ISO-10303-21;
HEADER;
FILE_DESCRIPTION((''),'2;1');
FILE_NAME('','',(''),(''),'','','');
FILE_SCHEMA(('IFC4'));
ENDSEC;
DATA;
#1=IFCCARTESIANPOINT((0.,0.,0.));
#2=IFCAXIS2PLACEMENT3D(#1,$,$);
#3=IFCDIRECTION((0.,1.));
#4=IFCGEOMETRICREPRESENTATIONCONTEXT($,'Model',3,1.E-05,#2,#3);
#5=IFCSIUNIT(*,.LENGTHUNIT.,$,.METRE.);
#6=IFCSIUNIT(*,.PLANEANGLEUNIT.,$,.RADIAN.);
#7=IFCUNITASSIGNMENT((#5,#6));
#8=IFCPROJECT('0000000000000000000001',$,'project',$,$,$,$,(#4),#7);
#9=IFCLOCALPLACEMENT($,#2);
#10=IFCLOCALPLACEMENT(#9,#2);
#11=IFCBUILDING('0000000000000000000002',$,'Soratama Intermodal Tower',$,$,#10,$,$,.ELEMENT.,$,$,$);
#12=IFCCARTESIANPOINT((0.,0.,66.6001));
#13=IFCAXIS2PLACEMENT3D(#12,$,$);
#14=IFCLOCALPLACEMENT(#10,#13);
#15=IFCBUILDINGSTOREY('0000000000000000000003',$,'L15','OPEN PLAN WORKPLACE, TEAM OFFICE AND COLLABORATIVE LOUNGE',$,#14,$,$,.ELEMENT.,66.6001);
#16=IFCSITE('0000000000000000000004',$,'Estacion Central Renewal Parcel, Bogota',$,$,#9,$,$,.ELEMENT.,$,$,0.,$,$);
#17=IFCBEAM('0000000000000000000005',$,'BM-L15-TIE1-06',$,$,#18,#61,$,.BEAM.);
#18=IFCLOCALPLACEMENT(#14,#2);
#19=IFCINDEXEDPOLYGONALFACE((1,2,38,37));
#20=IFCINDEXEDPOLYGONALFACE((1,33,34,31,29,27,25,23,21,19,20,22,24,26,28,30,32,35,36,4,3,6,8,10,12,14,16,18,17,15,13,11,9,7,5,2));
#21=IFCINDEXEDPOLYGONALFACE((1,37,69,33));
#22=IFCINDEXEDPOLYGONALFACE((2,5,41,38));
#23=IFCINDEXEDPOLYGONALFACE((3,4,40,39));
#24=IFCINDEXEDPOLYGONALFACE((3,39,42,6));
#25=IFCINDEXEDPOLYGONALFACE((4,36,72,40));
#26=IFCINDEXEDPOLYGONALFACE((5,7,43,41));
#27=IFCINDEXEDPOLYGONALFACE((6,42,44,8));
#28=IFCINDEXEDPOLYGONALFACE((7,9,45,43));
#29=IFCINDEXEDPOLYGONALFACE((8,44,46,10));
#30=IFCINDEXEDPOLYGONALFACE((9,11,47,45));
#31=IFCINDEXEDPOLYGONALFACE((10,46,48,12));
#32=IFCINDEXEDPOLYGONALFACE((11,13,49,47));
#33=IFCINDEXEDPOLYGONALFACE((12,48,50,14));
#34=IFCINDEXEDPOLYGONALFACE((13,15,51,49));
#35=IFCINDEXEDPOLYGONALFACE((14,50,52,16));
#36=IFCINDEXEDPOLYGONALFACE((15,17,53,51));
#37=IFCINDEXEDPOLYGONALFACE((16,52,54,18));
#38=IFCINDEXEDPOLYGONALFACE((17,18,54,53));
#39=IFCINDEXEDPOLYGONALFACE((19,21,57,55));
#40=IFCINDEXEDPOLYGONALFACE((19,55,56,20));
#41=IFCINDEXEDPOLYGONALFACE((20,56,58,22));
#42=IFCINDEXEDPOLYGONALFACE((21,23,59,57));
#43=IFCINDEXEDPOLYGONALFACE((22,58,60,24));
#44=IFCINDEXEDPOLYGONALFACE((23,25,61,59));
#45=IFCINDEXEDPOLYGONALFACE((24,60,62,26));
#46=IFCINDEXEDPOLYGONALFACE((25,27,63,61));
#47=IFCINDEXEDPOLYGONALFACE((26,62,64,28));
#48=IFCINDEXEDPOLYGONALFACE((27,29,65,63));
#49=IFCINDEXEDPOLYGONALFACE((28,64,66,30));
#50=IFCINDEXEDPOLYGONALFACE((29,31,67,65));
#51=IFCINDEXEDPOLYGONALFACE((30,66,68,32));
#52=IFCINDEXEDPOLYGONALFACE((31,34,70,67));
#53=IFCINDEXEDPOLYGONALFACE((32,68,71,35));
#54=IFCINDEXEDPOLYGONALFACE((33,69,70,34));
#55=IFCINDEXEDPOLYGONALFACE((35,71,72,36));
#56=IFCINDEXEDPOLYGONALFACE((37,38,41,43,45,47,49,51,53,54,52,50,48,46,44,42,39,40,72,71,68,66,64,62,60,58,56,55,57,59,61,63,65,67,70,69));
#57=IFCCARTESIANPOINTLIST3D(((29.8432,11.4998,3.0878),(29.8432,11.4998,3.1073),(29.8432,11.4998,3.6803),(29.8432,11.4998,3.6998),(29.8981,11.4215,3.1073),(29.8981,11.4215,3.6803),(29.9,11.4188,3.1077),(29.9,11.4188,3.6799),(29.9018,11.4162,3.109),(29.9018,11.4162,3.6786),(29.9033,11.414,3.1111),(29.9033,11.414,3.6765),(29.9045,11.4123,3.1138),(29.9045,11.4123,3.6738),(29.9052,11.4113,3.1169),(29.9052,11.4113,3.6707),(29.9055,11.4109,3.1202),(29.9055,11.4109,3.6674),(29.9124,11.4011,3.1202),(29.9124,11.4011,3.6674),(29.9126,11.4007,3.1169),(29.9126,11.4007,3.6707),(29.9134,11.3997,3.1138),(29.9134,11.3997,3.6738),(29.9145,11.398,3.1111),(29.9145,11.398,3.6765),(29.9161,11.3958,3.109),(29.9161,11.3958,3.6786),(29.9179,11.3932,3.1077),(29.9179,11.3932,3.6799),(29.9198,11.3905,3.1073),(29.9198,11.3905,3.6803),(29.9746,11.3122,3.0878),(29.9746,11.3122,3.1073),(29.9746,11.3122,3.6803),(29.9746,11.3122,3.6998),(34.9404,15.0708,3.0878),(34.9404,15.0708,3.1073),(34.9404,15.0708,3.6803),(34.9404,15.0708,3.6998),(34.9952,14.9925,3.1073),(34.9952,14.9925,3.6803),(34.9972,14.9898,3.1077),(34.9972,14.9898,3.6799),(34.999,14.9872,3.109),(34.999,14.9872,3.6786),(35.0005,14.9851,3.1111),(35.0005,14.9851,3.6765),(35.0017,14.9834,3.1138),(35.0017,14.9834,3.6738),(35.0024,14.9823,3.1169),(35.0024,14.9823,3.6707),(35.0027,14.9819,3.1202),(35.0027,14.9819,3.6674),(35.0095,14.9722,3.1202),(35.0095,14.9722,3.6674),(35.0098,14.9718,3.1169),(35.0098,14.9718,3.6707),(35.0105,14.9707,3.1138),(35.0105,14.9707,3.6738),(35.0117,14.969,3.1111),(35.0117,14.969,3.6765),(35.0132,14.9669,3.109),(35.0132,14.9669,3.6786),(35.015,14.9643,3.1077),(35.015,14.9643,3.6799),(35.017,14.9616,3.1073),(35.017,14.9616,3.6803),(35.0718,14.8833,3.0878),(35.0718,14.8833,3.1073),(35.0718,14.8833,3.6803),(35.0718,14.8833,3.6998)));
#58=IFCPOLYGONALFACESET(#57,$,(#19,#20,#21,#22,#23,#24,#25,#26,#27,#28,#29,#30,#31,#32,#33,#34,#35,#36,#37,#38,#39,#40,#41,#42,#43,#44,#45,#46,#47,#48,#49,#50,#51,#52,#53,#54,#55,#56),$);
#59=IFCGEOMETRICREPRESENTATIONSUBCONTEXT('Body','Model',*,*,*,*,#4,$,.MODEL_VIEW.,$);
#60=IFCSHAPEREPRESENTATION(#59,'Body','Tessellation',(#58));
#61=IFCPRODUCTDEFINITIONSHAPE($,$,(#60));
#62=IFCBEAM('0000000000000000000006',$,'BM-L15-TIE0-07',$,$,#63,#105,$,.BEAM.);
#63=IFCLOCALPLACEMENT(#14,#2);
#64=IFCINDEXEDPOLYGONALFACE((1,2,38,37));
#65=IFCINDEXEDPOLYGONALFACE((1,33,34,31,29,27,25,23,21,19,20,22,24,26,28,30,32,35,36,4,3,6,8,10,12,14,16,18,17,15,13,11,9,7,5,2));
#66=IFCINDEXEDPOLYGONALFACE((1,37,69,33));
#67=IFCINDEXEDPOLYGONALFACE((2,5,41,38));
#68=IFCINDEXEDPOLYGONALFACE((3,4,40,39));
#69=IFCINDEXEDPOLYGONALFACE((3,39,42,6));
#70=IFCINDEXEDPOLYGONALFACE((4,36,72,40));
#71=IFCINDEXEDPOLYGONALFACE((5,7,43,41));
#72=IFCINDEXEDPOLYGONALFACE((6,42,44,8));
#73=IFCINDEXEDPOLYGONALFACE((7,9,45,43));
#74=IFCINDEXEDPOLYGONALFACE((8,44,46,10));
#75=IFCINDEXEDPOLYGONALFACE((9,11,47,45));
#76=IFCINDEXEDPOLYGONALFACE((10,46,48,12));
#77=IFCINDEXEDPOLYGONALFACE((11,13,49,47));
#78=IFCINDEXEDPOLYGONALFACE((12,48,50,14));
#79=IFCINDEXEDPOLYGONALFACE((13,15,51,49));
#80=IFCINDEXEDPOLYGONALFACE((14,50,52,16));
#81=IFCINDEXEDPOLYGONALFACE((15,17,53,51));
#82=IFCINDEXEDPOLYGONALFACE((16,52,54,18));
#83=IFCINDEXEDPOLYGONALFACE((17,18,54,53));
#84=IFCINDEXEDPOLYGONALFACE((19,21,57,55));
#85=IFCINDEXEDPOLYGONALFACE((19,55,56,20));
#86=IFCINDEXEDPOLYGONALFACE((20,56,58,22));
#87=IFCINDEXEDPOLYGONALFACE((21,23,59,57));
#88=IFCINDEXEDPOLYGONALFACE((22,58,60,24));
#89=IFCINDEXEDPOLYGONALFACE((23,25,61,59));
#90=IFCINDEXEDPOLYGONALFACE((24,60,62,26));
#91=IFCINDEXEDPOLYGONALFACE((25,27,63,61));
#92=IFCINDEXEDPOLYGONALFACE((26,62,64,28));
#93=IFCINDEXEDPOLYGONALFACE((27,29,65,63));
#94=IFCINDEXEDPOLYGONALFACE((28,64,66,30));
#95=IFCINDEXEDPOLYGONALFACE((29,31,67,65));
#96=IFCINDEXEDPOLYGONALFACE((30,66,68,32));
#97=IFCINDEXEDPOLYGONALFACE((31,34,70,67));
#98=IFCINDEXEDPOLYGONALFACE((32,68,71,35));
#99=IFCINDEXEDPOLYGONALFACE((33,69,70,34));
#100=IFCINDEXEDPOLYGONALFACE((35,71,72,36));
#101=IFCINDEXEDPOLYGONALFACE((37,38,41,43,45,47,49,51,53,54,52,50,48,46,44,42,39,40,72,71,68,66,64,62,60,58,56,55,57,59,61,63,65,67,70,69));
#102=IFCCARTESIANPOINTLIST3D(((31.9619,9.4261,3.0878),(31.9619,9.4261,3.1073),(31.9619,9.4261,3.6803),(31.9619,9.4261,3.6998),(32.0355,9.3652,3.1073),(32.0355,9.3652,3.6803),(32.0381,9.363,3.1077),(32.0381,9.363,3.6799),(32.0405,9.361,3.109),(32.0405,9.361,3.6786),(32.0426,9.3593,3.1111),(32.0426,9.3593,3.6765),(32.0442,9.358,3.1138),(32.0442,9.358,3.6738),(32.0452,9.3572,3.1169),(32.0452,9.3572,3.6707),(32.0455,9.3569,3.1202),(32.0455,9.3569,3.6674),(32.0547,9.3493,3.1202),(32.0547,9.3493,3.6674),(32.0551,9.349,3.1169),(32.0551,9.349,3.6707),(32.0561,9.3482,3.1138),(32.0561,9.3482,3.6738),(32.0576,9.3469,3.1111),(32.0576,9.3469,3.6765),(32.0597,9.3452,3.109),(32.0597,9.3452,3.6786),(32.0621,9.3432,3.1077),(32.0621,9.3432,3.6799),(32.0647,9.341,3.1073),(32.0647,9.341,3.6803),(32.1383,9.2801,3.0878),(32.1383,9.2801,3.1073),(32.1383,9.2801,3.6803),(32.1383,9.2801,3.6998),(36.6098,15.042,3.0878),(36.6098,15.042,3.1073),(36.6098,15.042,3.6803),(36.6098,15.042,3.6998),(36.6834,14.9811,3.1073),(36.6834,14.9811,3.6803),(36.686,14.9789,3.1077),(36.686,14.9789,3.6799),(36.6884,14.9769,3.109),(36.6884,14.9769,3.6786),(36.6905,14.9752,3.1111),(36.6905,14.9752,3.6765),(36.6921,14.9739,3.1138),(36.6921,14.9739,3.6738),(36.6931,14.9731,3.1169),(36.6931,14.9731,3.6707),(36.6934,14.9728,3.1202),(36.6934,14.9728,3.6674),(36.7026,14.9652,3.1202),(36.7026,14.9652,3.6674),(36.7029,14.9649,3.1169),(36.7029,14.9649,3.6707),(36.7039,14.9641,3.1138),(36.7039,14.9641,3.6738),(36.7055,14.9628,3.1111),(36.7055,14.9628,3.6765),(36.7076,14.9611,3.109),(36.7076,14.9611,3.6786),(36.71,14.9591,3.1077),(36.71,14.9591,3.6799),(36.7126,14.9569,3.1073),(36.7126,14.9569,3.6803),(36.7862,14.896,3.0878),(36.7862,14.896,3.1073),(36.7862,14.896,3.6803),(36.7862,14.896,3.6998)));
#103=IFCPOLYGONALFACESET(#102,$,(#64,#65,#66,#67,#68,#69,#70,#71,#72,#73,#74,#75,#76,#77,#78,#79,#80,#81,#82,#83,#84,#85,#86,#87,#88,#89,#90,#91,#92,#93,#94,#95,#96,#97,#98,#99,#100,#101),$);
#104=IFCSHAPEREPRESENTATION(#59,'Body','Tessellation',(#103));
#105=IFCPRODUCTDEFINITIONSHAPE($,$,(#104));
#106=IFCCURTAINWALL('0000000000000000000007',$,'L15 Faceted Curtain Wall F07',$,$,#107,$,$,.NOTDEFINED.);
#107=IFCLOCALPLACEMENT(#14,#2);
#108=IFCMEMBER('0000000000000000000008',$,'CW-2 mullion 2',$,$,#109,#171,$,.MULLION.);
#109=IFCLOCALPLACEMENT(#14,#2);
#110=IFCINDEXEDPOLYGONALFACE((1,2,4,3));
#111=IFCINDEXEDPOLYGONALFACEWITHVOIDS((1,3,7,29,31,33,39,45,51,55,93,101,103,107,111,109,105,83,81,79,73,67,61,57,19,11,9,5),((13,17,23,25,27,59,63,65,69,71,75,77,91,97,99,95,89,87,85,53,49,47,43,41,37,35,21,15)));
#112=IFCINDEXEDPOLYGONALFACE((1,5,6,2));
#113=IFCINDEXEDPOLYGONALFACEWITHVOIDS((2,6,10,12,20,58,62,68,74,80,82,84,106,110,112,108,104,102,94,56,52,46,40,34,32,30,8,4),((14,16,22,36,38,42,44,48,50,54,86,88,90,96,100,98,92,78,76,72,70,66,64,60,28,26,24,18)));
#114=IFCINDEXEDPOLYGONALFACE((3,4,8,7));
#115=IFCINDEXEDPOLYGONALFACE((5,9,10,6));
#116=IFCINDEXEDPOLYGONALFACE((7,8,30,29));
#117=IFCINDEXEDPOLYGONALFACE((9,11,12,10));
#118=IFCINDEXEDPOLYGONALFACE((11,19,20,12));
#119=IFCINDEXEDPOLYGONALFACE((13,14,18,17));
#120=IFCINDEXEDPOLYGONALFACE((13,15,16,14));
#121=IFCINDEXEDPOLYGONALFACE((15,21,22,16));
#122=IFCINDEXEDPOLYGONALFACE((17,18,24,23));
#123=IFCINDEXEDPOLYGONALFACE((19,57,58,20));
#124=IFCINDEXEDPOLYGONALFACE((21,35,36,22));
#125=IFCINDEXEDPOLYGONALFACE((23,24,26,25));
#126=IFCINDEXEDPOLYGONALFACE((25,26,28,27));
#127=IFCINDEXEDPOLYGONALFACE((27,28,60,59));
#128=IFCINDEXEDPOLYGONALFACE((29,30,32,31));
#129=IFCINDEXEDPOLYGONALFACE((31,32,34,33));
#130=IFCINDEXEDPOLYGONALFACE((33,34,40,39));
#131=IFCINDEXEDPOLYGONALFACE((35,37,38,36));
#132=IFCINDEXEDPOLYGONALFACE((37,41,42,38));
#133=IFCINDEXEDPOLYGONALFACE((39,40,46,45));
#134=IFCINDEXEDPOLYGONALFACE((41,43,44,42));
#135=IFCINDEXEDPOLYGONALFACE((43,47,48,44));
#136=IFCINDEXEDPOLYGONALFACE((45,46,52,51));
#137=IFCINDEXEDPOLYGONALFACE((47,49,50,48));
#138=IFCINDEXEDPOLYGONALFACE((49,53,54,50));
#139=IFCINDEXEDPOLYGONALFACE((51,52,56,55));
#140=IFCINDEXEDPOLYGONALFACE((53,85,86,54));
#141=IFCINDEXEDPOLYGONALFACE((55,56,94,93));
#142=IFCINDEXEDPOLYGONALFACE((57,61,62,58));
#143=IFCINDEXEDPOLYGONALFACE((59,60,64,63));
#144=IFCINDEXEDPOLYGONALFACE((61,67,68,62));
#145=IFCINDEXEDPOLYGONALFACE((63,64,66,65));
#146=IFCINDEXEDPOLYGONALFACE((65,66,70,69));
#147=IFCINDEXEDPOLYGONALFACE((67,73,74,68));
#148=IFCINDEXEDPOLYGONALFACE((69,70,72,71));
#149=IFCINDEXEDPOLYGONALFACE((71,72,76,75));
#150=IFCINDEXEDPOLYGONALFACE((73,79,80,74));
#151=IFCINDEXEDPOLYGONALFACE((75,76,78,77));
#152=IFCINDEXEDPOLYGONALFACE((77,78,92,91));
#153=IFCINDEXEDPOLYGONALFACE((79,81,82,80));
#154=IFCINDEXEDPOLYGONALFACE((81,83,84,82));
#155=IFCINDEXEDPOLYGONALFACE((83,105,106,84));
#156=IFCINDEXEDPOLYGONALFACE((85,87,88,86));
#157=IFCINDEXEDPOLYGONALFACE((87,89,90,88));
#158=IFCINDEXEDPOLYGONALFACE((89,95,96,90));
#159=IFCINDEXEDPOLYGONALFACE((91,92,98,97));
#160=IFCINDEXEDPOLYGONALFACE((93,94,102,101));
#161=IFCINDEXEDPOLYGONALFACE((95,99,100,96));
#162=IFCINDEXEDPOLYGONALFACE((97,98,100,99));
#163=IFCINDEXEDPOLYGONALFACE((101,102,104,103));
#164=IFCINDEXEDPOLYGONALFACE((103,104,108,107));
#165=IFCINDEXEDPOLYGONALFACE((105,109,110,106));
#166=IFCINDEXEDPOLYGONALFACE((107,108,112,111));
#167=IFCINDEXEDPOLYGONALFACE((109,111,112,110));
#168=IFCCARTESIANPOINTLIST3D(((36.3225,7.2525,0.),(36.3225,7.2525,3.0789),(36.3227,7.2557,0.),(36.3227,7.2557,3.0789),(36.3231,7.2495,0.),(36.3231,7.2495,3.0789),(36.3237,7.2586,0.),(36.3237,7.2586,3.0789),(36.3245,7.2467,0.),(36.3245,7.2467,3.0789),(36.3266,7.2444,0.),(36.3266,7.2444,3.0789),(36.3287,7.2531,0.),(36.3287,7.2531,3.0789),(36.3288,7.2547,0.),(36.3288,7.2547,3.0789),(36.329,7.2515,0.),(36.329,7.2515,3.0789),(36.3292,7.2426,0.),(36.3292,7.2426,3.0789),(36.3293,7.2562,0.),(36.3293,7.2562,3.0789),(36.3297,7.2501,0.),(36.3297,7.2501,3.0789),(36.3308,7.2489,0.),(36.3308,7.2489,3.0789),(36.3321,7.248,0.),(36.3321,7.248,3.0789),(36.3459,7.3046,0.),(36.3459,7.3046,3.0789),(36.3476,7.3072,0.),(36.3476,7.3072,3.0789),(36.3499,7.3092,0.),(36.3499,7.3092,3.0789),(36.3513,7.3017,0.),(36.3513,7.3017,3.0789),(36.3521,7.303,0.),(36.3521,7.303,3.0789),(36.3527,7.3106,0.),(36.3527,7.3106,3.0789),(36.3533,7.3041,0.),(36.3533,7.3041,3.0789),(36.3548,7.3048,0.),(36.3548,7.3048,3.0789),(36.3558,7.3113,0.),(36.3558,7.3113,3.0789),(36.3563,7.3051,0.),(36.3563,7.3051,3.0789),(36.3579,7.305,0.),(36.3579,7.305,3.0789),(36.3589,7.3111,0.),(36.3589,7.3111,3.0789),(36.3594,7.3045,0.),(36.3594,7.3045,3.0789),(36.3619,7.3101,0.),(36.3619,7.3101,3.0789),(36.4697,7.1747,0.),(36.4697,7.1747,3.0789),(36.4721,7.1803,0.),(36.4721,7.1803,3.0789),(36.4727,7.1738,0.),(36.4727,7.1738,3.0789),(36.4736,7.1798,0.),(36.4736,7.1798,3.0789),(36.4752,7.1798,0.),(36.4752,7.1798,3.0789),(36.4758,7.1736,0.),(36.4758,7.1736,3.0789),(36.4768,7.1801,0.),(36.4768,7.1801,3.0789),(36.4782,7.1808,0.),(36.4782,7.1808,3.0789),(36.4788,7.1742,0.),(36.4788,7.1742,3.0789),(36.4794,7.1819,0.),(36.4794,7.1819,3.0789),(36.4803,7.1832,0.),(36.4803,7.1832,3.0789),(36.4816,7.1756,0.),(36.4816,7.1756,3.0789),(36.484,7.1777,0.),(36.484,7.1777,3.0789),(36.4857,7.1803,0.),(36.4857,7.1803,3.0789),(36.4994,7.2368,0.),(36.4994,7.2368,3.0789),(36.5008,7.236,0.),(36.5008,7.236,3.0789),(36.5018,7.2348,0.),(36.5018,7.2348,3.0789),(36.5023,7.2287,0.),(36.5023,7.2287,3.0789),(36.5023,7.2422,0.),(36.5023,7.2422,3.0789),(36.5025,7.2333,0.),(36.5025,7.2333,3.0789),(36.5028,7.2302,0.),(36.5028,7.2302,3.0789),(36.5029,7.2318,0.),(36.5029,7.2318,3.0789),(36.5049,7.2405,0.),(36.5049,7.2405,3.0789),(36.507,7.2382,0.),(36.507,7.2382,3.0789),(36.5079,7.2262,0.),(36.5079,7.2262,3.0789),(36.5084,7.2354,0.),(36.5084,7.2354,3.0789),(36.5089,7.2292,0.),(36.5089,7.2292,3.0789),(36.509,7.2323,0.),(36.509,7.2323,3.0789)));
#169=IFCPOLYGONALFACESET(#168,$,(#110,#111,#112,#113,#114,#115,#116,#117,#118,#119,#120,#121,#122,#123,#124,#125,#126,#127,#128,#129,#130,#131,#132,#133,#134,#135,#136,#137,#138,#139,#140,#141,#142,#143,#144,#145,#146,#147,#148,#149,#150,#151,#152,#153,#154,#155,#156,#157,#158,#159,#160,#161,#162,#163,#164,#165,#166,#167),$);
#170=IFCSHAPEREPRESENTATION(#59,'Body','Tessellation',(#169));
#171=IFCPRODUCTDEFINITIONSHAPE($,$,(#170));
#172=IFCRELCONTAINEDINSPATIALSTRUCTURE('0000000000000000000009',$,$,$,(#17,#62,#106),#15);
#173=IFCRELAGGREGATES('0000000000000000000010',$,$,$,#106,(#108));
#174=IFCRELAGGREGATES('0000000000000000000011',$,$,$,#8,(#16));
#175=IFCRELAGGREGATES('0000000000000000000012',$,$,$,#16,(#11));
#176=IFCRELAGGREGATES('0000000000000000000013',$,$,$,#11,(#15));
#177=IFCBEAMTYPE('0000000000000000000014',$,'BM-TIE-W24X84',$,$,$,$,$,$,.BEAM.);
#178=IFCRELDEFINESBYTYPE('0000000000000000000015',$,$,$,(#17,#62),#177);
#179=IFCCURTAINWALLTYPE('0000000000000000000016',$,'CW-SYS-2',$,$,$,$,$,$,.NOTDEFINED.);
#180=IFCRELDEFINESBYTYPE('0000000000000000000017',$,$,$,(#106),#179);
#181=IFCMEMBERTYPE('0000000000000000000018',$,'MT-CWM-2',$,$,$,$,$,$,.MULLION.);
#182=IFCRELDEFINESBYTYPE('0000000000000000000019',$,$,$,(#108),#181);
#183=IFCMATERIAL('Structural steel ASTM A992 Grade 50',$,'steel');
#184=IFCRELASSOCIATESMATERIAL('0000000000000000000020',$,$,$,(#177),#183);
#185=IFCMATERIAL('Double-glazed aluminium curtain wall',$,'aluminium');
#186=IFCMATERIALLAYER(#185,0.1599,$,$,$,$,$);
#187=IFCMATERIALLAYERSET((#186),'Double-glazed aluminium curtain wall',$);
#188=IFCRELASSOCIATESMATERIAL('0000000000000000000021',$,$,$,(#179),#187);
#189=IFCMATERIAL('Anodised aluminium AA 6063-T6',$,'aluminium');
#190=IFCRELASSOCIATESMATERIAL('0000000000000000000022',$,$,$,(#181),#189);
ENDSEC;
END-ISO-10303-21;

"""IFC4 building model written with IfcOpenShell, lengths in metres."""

from ifc_helpers import new_model, si_unit, direction, frame, origin, origin_2d, place, context, subcontext, project, spatial, hollow_rectangle, i_section, extrude, material, layer, layer_set, material_profile, profile_set, type_object, element, aggregate, save


model = new_model("IFC4")

# Units and contexts
model_context = context("Model", 3, precision=1e-05, world=origin(), true_north=direction((0.0, 1.0)))
body_context = subcontext(model_context, "Body", "Model", "MODEL_VIEW")
ifc_project = project(units=[si_unit("LENGTHUNIT", "METRE"), si_unit("PLANEANGLEUNIT", "RADIAN")], contexts=[model_context])

# Site, building, storey
site_placement = place(None, origin())
site = spatial("IfcSite", under=ifc_project, at=site_placement, Name="Estacion Central Renewal Parcel, Bogota", CompositionType="ELEMENT", RefElevation=0.0)
building_placement = place(site_placement, origin())
building = spatial("IfcBuilding", under=site, at=building_placement, Name="Soratama Intermodal Tower", CompositionType="ELEMENT")
storey_placement = place(building_placement, frame((0.0, 0.0, 66.6001)))
storey = spatial("IfcBuildingStorey", under=building, at=storey_placement, Name="L15", Description="OPEN PLAN WORKPLACE, TEAM OFFICE AND COLLABORATIVE LOUNGE", CompositionType="ELEMENT", Elevation=66.6001)

# Beams
ifc_material_1 = material(Name="Structural steel ASTM A992 Grade 50", Category="steel")
ifc_material_profile_1 = material_profile(ifc_material_1, i_section(OverallWidth=0.229, OverallDepth=0.6121, WebThickness=0.012, FlangeThickness=0.0195, FilletRadius=0.0129, at=origin_2d()), Name="W24X84")
ifc_profile_set_1 = profile_set([ifc_material_profile_1], Name="Structural steel ASTM A992 Grade 50")
beam_type_1 = type_object("IfcBeamType", Name="BM-TIE-W24X84", PredefinedType="BEAM", material=ifc_profile_set_1)
beam_1_placement = place(storey_placement, frame((35.0061, 14.9771, 3.3938), z_axis=(-0.819003, -0.573789, 0.0), x_axis=(0.573789, -0.819003, 0.0)))
element("IfcBeam", 1, at=beam_1_placement, inside=storey, type_object=beam_type_1, Name="BM-L15-TIE1-06", PredefinedType="BEAM", context=body_context, shape_type="SweptSolid", body=[
    extrude(i_section(OverallWidth=0.229, OverallDepth=0.6121, WebThickness=0.012, FlangeThickness=0.0195, FilletRadius=0.0129, at=origin_2d()), origin(), (0.0, 0.0, 1.0), 6.2236),
])
beam_2_placement = place(storey_placement, frame((36.698, 14.969, 3.3938), z_axis=(-0.637588, -0.770377, 0.0), x_axis=(0.770377, -0.637588, 0.0)))
element("IfcBeam", 2, at=beam_2_placement, inside=storey, type_object=beam_type_1, Name="BM-L15-TIE0-07", PredefinedType="BEAM", context=body_context, shape_type="SweptSolid", body=[
    extrude(i_section(OverallWidth=0.229, OverallDepth=0.6121, WebThickness=0.012, FlangeThickness=0.0195, FilletRadius=0.0129, at=origin_2d()), origin(), (0.0, 0.0, 1.0), 7.2898),
])

# Curtain wall, member
ifc_material_2 = material(Name="Double-glazed aluminium curtain wall", Category="aluminium")
ifc_layer_1 = layer(ifc_material_2, 0.1599)
ifc_layer_set_1 = layer_set([ifc_layer_1], Name="Double-glazed aluminium curtain wall")
curtain_wall_type = type_object("IfcCurtainWallType", Name="CW-SYS-2", PredefinedType="NOTDEFINED", material=ifc_layer_set_1)
curtain_wall_placement = place(storey_placement, origin())
curtain_wall = element("IfcCurtainWall", 3, at=curtain_wall_placement, inside=storey, type_object=curtain_wall_type, Name="L15 Faceted Curtain Wall F07", PredefinedType="NOTDEFINED")
ifc_material_3 = material(Name="Anodised aluminium AA 6063-T6", Category="aluminium")
ifc_material_profile_2 = material_profile(ifc_material_3, hollow_rectangle(XDim=0.075, YDim=0.1799, WallThickness=0.0061, InnerFilletRadius=0.0061, OuterFilletRadius=0.012, at=origin_2d()), Name="CWM180X75X6")
ifc_profile_set_2 = profile_set([ifc_material_profile_2], Name="Anodised aluminium AA 6063-T6")
member_type_1 = type_object("IfcMemberType", Name="MT-CWM-2", PredefinedType="MULLION", material=ifc_profile_set_2)
member_1_placement = place(storey_placement, frame((36.4158, 7.2424, 0.0), z_axis=(0.0, 0.0, 1.0), x_axis=(0.435225, 0.900322, 0.0)))
member_1 = element("IfcMember", 4, at=member_1_placement, type_object=member_type_1, Name="CW-2 mullion 2", PredefinedType="MULLION", context=body_context, shape_type="SweptSolid", body=[
    extrude(hollow_rectangle(XDim=0.075, YDim=0.1799, WallThickness=0.0061, InnerFilletRadius=0.0061, OuterFilletRadius=0.012, at=origin_2d()), origin(), (0.0, 0.0, 1.0), 3.0789),
])
aggregate(curtain_wall, [member_1])

save(model, "model.ifc")
